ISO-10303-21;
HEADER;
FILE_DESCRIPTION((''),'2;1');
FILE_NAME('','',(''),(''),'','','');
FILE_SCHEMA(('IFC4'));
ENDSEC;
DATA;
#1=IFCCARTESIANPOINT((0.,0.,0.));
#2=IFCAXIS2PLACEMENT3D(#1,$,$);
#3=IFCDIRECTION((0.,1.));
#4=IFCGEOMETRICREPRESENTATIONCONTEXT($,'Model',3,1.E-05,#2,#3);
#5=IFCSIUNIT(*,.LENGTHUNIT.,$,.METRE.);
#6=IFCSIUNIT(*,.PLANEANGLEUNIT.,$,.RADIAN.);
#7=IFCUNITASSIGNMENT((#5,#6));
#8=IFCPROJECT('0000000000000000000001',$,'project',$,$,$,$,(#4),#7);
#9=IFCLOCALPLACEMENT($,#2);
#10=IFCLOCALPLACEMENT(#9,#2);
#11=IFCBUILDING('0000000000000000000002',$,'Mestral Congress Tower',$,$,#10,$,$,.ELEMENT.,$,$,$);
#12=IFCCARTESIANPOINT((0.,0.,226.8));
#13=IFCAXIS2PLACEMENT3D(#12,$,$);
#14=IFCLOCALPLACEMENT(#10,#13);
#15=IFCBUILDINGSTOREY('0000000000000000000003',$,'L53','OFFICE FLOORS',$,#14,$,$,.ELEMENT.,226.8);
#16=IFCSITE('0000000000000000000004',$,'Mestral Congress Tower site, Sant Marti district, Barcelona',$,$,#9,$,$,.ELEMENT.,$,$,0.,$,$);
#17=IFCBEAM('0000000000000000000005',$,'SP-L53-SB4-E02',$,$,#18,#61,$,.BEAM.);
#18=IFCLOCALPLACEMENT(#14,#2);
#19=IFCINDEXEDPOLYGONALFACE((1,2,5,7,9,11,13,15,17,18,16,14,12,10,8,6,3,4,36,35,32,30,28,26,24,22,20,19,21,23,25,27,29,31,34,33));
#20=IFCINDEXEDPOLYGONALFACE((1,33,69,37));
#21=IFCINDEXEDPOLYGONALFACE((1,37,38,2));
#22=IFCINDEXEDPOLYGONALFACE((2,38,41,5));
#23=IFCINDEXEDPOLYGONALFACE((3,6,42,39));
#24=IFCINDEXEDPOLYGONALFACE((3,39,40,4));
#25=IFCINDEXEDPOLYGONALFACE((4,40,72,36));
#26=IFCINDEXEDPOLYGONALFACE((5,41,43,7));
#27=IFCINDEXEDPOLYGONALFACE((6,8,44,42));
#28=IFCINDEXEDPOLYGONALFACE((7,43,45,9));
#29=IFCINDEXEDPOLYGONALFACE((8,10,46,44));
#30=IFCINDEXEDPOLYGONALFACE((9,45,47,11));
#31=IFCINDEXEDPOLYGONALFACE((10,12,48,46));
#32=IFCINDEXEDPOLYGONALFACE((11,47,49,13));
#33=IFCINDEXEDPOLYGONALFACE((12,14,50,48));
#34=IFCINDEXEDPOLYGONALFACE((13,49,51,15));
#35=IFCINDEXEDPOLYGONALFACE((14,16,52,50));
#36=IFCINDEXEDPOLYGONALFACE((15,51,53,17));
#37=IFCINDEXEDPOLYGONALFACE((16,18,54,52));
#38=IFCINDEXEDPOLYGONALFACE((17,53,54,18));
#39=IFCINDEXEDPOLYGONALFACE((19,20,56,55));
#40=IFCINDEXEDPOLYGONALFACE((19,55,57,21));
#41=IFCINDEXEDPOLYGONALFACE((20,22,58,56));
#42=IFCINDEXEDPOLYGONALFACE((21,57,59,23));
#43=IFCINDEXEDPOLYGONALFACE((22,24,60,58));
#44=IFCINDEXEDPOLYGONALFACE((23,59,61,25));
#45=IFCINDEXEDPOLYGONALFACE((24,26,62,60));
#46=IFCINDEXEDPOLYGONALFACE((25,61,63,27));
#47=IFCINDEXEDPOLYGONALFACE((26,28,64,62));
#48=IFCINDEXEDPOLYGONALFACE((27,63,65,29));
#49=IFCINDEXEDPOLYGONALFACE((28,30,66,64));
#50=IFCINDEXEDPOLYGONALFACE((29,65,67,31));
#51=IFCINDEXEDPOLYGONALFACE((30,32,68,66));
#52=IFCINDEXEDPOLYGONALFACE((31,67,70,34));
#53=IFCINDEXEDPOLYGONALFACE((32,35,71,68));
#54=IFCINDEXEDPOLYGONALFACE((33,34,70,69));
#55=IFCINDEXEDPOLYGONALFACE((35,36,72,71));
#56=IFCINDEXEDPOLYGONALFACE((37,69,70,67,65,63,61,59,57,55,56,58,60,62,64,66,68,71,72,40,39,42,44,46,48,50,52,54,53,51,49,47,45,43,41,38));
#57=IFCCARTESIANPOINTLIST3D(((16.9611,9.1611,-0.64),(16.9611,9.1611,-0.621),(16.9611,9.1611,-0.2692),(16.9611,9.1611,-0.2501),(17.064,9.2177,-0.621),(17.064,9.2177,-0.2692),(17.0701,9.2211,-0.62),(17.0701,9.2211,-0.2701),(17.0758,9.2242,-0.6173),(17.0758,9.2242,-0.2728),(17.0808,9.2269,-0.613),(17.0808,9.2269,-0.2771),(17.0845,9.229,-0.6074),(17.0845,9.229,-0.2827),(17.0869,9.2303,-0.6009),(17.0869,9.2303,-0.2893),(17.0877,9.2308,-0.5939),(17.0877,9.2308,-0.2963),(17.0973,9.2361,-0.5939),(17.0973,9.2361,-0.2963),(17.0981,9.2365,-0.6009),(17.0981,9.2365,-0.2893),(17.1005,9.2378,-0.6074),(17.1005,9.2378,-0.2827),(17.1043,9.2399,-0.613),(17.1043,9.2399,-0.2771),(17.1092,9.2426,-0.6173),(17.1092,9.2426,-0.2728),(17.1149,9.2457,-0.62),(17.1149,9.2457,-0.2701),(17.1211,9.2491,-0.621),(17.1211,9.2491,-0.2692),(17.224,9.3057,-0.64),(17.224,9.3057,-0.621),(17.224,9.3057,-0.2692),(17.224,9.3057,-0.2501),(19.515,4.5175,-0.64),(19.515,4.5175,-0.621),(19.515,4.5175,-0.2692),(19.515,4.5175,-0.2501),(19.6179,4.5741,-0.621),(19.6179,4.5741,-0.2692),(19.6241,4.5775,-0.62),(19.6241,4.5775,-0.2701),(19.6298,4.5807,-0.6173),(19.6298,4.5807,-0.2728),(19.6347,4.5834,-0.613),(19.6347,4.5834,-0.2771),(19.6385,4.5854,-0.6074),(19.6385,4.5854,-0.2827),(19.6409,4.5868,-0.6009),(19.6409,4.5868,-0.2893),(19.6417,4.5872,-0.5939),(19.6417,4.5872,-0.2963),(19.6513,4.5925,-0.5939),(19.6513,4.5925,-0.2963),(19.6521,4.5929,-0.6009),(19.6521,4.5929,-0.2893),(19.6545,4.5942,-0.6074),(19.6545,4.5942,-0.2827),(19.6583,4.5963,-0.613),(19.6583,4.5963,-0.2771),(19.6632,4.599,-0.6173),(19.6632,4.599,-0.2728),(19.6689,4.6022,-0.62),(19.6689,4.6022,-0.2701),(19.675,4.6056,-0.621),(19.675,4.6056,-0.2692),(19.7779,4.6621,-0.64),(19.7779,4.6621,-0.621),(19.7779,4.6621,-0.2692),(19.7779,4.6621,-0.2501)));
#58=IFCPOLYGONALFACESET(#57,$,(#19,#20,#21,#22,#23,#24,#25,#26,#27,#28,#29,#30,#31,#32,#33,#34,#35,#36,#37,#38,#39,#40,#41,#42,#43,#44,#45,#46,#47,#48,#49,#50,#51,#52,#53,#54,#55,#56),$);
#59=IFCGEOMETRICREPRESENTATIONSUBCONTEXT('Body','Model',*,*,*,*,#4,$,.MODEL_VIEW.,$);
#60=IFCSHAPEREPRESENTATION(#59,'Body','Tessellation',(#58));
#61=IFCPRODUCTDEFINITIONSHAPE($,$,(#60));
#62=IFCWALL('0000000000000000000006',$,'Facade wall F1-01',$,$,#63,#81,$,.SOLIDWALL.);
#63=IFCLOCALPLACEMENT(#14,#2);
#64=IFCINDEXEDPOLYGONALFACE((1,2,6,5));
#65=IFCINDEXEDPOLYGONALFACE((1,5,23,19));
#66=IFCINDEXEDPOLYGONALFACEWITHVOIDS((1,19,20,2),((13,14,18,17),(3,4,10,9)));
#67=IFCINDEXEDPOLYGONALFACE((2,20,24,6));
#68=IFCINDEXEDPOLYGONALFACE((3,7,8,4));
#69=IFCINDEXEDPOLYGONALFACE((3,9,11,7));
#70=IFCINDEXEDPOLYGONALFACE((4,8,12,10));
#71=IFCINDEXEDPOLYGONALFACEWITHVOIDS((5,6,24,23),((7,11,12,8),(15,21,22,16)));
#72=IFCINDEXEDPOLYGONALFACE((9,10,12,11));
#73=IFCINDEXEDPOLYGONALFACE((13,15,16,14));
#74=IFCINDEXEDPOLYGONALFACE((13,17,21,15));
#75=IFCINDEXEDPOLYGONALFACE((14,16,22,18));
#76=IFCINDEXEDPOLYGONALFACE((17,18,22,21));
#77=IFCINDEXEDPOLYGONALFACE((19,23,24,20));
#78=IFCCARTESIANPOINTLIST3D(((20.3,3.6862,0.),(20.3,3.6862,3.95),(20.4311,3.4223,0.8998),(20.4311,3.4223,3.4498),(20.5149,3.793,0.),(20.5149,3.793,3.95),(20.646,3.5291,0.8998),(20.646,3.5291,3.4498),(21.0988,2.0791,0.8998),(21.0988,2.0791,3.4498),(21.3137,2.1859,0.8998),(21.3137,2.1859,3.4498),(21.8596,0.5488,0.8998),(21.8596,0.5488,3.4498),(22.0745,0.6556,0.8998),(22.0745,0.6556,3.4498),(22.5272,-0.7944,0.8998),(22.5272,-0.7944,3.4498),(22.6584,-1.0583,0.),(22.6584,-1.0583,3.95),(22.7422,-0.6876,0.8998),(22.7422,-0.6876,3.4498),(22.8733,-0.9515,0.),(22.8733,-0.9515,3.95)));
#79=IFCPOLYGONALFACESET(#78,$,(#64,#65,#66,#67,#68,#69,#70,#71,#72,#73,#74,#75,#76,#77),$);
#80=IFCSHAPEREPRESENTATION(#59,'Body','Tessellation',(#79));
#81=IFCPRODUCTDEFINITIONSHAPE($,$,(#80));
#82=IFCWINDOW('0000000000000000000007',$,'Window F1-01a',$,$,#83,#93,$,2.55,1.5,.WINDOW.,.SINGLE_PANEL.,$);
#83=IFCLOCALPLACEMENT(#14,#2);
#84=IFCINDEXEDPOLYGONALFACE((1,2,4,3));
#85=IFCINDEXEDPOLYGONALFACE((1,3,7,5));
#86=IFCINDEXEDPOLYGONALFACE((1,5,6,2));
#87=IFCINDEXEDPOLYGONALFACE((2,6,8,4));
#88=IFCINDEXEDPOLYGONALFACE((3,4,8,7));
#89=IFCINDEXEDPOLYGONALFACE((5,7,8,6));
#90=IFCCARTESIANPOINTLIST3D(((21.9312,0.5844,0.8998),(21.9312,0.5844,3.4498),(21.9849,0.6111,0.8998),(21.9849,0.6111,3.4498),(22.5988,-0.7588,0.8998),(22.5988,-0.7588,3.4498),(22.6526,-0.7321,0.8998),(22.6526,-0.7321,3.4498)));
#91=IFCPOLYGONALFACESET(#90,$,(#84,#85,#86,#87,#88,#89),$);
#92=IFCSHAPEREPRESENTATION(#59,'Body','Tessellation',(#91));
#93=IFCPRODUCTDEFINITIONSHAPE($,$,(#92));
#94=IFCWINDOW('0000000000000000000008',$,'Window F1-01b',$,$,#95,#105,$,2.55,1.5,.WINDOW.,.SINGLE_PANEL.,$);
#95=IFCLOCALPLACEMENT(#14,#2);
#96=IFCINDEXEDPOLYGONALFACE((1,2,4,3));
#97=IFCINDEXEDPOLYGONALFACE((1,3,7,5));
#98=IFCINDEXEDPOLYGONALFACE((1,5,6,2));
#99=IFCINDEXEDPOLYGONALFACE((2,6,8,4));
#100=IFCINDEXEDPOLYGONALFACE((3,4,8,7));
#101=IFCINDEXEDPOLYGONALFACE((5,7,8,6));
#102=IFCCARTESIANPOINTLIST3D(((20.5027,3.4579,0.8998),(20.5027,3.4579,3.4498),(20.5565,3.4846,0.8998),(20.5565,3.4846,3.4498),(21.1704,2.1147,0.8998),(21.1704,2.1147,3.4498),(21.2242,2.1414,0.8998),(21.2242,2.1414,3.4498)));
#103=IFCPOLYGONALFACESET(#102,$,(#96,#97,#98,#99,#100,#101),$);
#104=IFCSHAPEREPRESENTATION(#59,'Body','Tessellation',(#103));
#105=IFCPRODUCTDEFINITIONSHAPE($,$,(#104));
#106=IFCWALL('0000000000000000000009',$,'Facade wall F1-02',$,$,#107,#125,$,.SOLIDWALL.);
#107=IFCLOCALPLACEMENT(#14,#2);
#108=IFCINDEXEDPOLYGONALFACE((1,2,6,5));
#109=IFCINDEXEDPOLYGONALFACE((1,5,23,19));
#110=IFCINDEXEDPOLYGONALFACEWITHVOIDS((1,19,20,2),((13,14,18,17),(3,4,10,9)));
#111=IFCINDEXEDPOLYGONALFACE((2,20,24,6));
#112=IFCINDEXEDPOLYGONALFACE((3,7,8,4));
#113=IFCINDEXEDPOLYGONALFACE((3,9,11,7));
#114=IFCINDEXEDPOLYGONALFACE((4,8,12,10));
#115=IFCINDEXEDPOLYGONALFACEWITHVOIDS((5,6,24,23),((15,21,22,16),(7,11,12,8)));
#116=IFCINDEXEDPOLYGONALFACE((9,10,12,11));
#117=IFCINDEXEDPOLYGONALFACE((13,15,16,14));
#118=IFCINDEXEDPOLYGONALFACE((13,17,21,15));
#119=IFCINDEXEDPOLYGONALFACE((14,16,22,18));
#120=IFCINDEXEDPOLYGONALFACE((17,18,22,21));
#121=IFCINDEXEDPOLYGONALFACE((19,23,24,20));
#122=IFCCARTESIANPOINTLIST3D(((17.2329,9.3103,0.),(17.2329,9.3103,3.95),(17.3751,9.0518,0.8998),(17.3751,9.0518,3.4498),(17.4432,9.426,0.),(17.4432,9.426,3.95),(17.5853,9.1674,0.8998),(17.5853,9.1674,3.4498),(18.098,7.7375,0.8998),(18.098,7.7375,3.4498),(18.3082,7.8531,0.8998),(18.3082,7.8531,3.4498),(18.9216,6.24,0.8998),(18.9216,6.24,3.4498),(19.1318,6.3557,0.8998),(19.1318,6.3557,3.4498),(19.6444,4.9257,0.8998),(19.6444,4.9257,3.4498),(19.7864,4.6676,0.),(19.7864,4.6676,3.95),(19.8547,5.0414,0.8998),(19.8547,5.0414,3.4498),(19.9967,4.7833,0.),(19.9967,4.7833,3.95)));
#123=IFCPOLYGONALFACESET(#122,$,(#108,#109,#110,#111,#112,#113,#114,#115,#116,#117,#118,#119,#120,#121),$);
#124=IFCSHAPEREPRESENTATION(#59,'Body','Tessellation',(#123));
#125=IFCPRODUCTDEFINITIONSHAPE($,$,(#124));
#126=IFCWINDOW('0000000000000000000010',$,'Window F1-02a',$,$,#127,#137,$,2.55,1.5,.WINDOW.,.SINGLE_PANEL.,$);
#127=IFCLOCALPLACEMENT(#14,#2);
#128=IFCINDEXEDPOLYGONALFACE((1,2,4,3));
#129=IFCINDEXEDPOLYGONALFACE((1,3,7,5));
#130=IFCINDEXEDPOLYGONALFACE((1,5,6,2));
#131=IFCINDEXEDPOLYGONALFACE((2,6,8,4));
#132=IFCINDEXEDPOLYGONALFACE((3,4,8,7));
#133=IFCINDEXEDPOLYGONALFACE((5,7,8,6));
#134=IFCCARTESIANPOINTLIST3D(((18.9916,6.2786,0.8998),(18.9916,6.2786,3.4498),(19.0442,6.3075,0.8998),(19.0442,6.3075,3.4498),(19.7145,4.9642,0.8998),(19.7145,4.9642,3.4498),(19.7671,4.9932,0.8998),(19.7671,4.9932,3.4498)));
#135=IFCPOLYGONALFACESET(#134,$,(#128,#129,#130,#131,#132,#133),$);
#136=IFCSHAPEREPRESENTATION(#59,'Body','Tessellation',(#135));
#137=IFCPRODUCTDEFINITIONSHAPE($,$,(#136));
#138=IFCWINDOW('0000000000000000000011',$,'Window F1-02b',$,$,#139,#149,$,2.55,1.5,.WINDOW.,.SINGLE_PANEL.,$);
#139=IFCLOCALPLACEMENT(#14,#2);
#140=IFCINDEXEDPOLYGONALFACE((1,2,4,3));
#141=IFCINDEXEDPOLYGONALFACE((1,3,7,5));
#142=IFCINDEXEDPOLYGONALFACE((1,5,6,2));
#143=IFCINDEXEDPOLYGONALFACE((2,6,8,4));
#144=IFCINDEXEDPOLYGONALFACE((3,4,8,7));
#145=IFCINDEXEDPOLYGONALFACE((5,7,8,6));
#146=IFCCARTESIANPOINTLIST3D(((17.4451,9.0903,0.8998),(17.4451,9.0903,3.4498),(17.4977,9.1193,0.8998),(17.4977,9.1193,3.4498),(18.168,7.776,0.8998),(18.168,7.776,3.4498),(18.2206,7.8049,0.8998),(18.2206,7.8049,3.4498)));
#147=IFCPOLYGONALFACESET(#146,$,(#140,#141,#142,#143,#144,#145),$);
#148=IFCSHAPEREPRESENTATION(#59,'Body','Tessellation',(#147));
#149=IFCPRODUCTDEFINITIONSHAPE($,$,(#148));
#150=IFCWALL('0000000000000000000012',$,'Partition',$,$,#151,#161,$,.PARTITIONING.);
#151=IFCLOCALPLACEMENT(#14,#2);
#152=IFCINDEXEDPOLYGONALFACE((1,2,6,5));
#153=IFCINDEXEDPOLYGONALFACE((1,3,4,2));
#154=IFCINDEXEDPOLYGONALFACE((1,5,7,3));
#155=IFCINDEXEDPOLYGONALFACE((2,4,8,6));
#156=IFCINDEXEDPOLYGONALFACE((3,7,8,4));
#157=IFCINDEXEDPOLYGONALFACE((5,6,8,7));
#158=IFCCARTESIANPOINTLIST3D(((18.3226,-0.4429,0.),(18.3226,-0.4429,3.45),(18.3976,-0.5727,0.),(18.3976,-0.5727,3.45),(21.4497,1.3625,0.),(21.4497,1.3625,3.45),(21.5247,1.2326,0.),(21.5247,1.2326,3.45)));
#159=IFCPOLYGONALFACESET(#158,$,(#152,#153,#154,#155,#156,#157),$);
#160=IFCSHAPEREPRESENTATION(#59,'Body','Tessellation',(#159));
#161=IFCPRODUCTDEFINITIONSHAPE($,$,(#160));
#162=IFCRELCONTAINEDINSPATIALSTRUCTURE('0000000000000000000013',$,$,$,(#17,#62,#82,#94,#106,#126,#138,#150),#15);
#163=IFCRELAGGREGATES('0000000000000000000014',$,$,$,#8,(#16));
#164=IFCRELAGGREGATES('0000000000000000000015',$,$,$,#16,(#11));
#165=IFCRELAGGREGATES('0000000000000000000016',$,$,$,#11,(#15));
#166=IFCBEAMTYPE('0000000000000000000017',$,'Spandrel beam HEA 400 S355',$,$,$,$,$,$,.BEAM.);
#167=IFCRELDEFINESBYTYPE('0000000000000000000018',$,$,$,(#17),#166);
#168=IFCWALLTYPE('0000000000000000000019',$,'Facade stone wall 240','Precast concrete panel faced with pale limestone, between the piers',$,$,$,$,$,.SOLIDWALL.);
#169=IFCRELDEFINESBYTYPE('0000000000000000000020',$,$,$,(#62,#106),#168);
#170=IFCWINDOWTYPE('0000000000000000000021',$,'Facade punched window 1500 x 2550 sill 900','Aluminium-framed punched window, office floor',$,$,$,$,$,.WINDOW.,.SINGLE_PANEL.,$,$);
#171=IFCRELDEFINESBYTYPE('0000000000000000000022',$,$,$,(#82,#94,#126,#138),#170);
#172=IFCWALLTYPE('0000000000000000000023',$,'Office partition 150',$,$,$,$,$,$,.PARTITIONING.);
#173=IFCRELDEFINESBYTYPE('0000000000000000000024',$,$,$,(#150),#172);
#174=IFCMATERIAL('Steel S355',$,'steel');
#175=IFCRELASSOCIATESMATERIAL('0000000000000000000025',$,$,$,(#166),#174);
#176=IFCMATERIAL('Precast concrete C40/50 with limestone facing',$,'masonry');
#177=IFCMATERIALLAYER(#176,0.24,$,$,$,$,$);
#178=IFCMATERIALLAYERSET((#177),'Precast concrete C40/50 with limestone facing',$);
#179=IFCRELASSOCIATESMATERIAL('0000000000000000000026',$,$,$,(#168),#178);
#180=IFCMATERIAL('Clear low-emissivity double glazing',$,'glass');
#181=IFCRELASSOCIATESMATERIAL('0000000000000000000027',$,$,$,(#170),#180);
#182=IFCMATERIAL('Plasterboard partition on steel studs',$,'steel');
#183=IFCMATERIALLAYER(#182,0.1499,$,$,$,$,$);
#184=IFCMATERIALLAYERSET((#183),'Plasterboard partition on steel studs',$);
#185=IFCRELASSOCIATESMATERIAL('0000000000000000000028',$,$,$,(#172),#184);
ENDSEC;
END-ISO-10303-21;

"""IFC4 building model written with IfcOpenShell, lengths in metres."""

from ifc_helpers import new_model, si_unit, direction, frame, frame_2d, origin, origin_2d, place, context, subcontext, project, spatial, rectangle, i_section, extrude, material, layer, layer_set, material_profile, profile_set, type_object, element, fill, save


model = new_model("IFC4")

# Units and contexts
model_context = context("Model", 3, precision=1e-05, world=origin(), true_north=direction((0.0, 1.0)))
body_context = subcontext(model_context, "Body", "Model", "MODEL_VIEW")
ifc_project = project(units=[si_unit("LENGTHUNIT", "METRE"), si_unit("PLANEANGLEUNIT", "RADIAN")], contexts=[model_context])

# Site, building, storey
site_placement = place(None, origin())
site = spatial("IfcSite", under=ifc_project, at=site_placement, Name="Mestral Congress Tower site, Sant Marti district, Barcelona", CompositionType="ELEMENT", RefElevation=0.0)
building_placement = place(site_placement, origin())
building = spatial("IfcBuilding", under=site, at=building_placement, Name="Mestral Congress Tower", CompositionType="ELEMENT")
storey_placement = place(building_placement, frame((0.0, 0.0, 226.8)))
storey = spatial("IfcBuildingStorey", under=building, at=storey_placement, Name="L53", Description="OFFICE FLOORS", CompositionType="ELEMENT", Elevation=226.8)

# Beam
ifc_material_1 = material(Name="Steel S355", Category="steel")
ifc_material_profile_1 = material_profile(ifc_material_1, i_section(OverallWidth=0.3, OverallDepth=0.3899, WebThickness=0.011, FlangeThickness=0.019, FilletRadius=0.0271, at=origin_2d()), Name="HEA 400")
ifc_profile_set_1 = profile_set([ifc_material_profile_1], Name="Steel S355")
beam_type_1 = type_object("IfcBeamType", Name="Spandrel beam HEA 400 S355", PredefinedType="BEAM", material=ifc_profile_set_1)
beam_1_placement = place(storey_placement, frame((19.6465, 4.5898, -0.4451), z_axis=(-0.481919, 0.876216, 0.0), x_axis=(-0.876216, -0.481919, 0.0)))
element("IfcBeam", 1, at=beam_1_placement, inside=storey, type_object=beam_type_1, Name="SP-L53-SB4-E02", PredefinedType="BEAM", context=body_context, shape_type="SweptSolid", body=[
    extrude(i_section(OverallWidth=0.3, OverallDepth=0.3899, WebThickness=0.011, FlangeThickness=0.019, FilletRadius=0.0271, at=origin_2d()), origin(), (0.0, 0.0, 1.0), 5.2996),
])

# Walls, openings, windows
ifc_material_2 = material(Name="Precast concrete C40/50 with limestone facing", Category="masonry")
ifc_layer_1 = layer(ifc_material_2, 0.24)
ifc_layer_set_1 = layer_set([ifc_layer_1], Name="Precast concrete C40/50 with limestone facing")
wall_type_1 = type_object("IfcWallType", Name="Facade stone wall 240", Description="Precast concrete panel faced with pale limestone, between the piers", PredefinedType="SOLIDWALL", material=ifc_layer_set_1)
wall_1_placement = place(storey_placement, frame((22.7659, -1.0049, 0.0), z_axis=(0.0, 0.0, 1.0), x_axis=(-0.44513, 0.895466, 0.0)))
wall_1 = element("IfcWall", 2, at=wall_1_placement, inside=storey, type_object=wall_type_1, Name="Facade wall F1-01", PredefinedType="SOLIDWALL", context=body_context, shape_type="SweptSolid", body=[
    extrude(rectangle(XDim=5.2983, YDim=0.24, at=frame_2d((2.6492, 0.0))), origin(), (0.0, 0.0, 1.0), 3.95),
])
opening_1_placement = place(wall_1_placement, frame((0.2947, 0.0, 0.8999)))
opening_1 = element("IfcOpeningElement", 3, at=opening_1_placement, cuts=wall_1, PredefinedType="OPENING", context=body_context, shape_type="SweptSolid", body=[
    extrude(rectangle(XDim=1.5, YDim=2.55, at=frame_2d((0.75, 1.2749))), frame((0.0, 0.1299, 0.0), z_axis=(0.0, -1.0, 0.0), x_axis=(1.0, 0.0, 0.0)), (0.0, 0.0, 1.0), 0.26),
])
opening_2_placement = place(wall_1_placement, frame((3.5037, 0.0, 0.8999)))
opening_2 = element("IfcOpeningElement", 4, at=opening_2_placement, cuts=wall_1, PredefinedType="OPENING", context=body_context, shape_type="SweptSolid", body=[
    extrude(rectangle(XDim=1.5, YDim=2.55, at=frame_2d((0.75, 1.2749))), frame((0.0, 0.1299, 0.0), z_axis=(0.0, -1.0, 0.0), x_axis=(1.0, 0.0, 0.0)), (0.0, 0.0, 1.0), 0.26),
])
ifc_material_3 = material(Name="Clear low-emissivity double glazing", Category="glass")
window_type = type_object("IfcWindowType", Name="Facade punched window 1500 x 2550 sill 900", Description="Aluminium-framed punched window, office floor", PartitioningType="SINGLE_PANEL", PredefinedType="WINDOW", material=ifc_material_3)
window_1_placement = place(opening_1_placement, origin())
window_1 = element("IfcWindow", 5, at=window_1_placement, inside=storey, type_object=window_type, Name="Window F1-01a", OverallHeight=2.55, OverallWidth=1.5, PartitioningType="SINGLE_PANEL", PredefinedType="WINDOW", context=body_context, shape_type="SweptSolid", body=[
    extrude(rectangle(XDim=1.5, YDim=2.55, at=frame_2d((0.75, 1.2749))), frame((0.0, 0.04, 0.0), z_axis=(0.0, -1.0, 0.0), x_axis=(1.0, 0.0, 0.0)), (0.0, 0.0, 1.0), 0.0601),
])
fill(opening_1, window_1)
window_2_placement = place(opening_2_placement, origin())
window_2 = element("IfcWindow", 6, at=window_2_placement, inside=storey, type_object=window_type, Name="Window F1-01b", OverallHeight=2.55, OverallWidth=1.5, PartitioningType="SINGLE_PANEL", PredefinedType="WINDOW", context=body_context, shape_type="SweptSolid", body=[
    extrude(rectangle(XDim=1.5, YDim=2.55, at=frame_2d((0.75, 1.2749))), frame((0.0, 0.04, 0.0), z_axis=(0.0, -1.0, 0.0), x_axis=(1.0, 0.0, 0.0)), (0.0, 0.0, 1.0), 0.0601),
])
fill(opening_2, window_2)
wall_2_placement = place(storey_placement, frame((19.8916, 4.7253, 0.0), z_axis=(0.0, 0.0, 1.0), x_axis=(-0.481926, 0.876212, 0.0)))
wall_2 = element("IfcWall", 7, at=wall_2_placement, inside=storey, type_object=wall_type_1, Name="Facade wall F1-02", PredefinedType="SOLIDWALL", context=body_context, shape_type="SweptSolid", body=[
    extrude(rectangle(XDim=5.2986, YDim=0.24, at=frame_2d((2.6494, 0.0))), origin(), (0.0, 0.0, 1.0), 3.95),
])
opening_3_placement = place(wall_2_placement, frame((0.2947, 0.0, 0.8999)))
opening_3 = element("IfcOpeningElement", 8, at=opening_3_placement, cuts=wall_2, PredefinedType="OPENING", context=body_context, shape_type="SweptSolid", body=[
    extrude(rectangle(XDim=1.5, YDim=2.55, at=frame_2d((0.75, 1.2749))), frame((0.0, 0.1299, 0.0), z_axis=(0.0, -1.0, 0.0), x_axis=(1.0, 0.0, 0.0)), (0.0, 0.0, 1.0), 0.26),
])
opening_4_placement = place(wall_2_placement, frame((3.5037, 0.0, 0.8999)))
opening_4 = element("IfcOpeningElement", 9, at=opening_4_placement, cuts=wall_2, PredefinedType="OPENING", context=body_context, shape_type="SweptSolid", body=[
    extrude(rectangle(XDim=1.5, YDim=2.55, at=frame_2d((0.75, 1.2749))), frame((0.0, 0.1299, 0.0), z_axis=(0.0, -1.0, 0.0), x_axis=(1.0, 0.0, 0.0)), (0.0, 0.0, 1.0), 0.26),
])
window_3_placement = place(opening_3_placement, origin())
window_3 = element("IfcWindow", 10, at=window_3_placement, inside=storey, type_object=window_type, Name="Window F1-02a", OverallHeight=2.55, OverallWidth=1.5, PartitioningType="SINGLE_PANEL", PredefinedType="WINDOW", context=body_context, shape_type="SweptSolid", body=[
    extrude(rectangle(XDim=1.5, YDim=2.55, at=frame_2d((0.75, 1.2749))), frame((0.0, 0.04, 0.0), z_axis=(0.0, -1.0, 0.0), x_axis=(1.0, 0.0, 0.0)), (0.0, 0.0, 1.0), 0.0601),
])
fill(opening_3, window_3)
window_4_placement = place(opening_4_placement, origin())
window_4 = element("IfcWindow", 11, at=window_4_placement, inside=storey, type_object=window_type, Name="Window F1-02b", OverallHeight=2.55, OverallWidth=1.5, PartitioningType="SINGLE_PANEL", PredefinedType="WINDOW", context=body_context, shape_type="SweptSolid", body=[
    extrude(rectangle(XDim=1.5, YDim=2.55, at=frame_2d((0.75, 1.2749))), frame((0.0, 0.04, 0.0), z_axis=(0.0, -1.0, 0.0), x_axis=(1.0, 0.0, 0.0)), (0.0, 0.0, 1.0), 0.0601),
])
fill(opening_4, window_4)

# Wall
ifc_material_4 = material(Name="Plasterboard partition on steel studs", Category="steel")
ifc_layer_2 = layer(ifc_material_4, 0.1499)
ifc_layer_set_2 = layer_set([ifc_layer_2], Name="Plasterboard partition on steel studs")
wall_type_2 = type_object("IfcWallType", Name="Office partition 150", PredefinedType="PARTITIONING", material=ifc_layer_set_2)
wall_3_placement = place(storey_placement, frame((18.3601, -0.5078, 0.0), z_axis=(0.0, 0.0, 1.0), x_axis=(0.866034, 0.499986, 0.0)))
element("IfcWall", 12, at=wall_3_placement, inside=storey, type_object=wall_type_2, Name="Partition", PredefinedType="PARTITIONING", context=body_context, shape_type="SweptSolid", body=[
    extrude(rectangle(XDim=3.6108, YDim=0.1499, at=frame_2d((1.8054, 0.0))), origin(), (0.0, 0.0, 1.0), 3.45),
])

save(model, "model.ifc")
